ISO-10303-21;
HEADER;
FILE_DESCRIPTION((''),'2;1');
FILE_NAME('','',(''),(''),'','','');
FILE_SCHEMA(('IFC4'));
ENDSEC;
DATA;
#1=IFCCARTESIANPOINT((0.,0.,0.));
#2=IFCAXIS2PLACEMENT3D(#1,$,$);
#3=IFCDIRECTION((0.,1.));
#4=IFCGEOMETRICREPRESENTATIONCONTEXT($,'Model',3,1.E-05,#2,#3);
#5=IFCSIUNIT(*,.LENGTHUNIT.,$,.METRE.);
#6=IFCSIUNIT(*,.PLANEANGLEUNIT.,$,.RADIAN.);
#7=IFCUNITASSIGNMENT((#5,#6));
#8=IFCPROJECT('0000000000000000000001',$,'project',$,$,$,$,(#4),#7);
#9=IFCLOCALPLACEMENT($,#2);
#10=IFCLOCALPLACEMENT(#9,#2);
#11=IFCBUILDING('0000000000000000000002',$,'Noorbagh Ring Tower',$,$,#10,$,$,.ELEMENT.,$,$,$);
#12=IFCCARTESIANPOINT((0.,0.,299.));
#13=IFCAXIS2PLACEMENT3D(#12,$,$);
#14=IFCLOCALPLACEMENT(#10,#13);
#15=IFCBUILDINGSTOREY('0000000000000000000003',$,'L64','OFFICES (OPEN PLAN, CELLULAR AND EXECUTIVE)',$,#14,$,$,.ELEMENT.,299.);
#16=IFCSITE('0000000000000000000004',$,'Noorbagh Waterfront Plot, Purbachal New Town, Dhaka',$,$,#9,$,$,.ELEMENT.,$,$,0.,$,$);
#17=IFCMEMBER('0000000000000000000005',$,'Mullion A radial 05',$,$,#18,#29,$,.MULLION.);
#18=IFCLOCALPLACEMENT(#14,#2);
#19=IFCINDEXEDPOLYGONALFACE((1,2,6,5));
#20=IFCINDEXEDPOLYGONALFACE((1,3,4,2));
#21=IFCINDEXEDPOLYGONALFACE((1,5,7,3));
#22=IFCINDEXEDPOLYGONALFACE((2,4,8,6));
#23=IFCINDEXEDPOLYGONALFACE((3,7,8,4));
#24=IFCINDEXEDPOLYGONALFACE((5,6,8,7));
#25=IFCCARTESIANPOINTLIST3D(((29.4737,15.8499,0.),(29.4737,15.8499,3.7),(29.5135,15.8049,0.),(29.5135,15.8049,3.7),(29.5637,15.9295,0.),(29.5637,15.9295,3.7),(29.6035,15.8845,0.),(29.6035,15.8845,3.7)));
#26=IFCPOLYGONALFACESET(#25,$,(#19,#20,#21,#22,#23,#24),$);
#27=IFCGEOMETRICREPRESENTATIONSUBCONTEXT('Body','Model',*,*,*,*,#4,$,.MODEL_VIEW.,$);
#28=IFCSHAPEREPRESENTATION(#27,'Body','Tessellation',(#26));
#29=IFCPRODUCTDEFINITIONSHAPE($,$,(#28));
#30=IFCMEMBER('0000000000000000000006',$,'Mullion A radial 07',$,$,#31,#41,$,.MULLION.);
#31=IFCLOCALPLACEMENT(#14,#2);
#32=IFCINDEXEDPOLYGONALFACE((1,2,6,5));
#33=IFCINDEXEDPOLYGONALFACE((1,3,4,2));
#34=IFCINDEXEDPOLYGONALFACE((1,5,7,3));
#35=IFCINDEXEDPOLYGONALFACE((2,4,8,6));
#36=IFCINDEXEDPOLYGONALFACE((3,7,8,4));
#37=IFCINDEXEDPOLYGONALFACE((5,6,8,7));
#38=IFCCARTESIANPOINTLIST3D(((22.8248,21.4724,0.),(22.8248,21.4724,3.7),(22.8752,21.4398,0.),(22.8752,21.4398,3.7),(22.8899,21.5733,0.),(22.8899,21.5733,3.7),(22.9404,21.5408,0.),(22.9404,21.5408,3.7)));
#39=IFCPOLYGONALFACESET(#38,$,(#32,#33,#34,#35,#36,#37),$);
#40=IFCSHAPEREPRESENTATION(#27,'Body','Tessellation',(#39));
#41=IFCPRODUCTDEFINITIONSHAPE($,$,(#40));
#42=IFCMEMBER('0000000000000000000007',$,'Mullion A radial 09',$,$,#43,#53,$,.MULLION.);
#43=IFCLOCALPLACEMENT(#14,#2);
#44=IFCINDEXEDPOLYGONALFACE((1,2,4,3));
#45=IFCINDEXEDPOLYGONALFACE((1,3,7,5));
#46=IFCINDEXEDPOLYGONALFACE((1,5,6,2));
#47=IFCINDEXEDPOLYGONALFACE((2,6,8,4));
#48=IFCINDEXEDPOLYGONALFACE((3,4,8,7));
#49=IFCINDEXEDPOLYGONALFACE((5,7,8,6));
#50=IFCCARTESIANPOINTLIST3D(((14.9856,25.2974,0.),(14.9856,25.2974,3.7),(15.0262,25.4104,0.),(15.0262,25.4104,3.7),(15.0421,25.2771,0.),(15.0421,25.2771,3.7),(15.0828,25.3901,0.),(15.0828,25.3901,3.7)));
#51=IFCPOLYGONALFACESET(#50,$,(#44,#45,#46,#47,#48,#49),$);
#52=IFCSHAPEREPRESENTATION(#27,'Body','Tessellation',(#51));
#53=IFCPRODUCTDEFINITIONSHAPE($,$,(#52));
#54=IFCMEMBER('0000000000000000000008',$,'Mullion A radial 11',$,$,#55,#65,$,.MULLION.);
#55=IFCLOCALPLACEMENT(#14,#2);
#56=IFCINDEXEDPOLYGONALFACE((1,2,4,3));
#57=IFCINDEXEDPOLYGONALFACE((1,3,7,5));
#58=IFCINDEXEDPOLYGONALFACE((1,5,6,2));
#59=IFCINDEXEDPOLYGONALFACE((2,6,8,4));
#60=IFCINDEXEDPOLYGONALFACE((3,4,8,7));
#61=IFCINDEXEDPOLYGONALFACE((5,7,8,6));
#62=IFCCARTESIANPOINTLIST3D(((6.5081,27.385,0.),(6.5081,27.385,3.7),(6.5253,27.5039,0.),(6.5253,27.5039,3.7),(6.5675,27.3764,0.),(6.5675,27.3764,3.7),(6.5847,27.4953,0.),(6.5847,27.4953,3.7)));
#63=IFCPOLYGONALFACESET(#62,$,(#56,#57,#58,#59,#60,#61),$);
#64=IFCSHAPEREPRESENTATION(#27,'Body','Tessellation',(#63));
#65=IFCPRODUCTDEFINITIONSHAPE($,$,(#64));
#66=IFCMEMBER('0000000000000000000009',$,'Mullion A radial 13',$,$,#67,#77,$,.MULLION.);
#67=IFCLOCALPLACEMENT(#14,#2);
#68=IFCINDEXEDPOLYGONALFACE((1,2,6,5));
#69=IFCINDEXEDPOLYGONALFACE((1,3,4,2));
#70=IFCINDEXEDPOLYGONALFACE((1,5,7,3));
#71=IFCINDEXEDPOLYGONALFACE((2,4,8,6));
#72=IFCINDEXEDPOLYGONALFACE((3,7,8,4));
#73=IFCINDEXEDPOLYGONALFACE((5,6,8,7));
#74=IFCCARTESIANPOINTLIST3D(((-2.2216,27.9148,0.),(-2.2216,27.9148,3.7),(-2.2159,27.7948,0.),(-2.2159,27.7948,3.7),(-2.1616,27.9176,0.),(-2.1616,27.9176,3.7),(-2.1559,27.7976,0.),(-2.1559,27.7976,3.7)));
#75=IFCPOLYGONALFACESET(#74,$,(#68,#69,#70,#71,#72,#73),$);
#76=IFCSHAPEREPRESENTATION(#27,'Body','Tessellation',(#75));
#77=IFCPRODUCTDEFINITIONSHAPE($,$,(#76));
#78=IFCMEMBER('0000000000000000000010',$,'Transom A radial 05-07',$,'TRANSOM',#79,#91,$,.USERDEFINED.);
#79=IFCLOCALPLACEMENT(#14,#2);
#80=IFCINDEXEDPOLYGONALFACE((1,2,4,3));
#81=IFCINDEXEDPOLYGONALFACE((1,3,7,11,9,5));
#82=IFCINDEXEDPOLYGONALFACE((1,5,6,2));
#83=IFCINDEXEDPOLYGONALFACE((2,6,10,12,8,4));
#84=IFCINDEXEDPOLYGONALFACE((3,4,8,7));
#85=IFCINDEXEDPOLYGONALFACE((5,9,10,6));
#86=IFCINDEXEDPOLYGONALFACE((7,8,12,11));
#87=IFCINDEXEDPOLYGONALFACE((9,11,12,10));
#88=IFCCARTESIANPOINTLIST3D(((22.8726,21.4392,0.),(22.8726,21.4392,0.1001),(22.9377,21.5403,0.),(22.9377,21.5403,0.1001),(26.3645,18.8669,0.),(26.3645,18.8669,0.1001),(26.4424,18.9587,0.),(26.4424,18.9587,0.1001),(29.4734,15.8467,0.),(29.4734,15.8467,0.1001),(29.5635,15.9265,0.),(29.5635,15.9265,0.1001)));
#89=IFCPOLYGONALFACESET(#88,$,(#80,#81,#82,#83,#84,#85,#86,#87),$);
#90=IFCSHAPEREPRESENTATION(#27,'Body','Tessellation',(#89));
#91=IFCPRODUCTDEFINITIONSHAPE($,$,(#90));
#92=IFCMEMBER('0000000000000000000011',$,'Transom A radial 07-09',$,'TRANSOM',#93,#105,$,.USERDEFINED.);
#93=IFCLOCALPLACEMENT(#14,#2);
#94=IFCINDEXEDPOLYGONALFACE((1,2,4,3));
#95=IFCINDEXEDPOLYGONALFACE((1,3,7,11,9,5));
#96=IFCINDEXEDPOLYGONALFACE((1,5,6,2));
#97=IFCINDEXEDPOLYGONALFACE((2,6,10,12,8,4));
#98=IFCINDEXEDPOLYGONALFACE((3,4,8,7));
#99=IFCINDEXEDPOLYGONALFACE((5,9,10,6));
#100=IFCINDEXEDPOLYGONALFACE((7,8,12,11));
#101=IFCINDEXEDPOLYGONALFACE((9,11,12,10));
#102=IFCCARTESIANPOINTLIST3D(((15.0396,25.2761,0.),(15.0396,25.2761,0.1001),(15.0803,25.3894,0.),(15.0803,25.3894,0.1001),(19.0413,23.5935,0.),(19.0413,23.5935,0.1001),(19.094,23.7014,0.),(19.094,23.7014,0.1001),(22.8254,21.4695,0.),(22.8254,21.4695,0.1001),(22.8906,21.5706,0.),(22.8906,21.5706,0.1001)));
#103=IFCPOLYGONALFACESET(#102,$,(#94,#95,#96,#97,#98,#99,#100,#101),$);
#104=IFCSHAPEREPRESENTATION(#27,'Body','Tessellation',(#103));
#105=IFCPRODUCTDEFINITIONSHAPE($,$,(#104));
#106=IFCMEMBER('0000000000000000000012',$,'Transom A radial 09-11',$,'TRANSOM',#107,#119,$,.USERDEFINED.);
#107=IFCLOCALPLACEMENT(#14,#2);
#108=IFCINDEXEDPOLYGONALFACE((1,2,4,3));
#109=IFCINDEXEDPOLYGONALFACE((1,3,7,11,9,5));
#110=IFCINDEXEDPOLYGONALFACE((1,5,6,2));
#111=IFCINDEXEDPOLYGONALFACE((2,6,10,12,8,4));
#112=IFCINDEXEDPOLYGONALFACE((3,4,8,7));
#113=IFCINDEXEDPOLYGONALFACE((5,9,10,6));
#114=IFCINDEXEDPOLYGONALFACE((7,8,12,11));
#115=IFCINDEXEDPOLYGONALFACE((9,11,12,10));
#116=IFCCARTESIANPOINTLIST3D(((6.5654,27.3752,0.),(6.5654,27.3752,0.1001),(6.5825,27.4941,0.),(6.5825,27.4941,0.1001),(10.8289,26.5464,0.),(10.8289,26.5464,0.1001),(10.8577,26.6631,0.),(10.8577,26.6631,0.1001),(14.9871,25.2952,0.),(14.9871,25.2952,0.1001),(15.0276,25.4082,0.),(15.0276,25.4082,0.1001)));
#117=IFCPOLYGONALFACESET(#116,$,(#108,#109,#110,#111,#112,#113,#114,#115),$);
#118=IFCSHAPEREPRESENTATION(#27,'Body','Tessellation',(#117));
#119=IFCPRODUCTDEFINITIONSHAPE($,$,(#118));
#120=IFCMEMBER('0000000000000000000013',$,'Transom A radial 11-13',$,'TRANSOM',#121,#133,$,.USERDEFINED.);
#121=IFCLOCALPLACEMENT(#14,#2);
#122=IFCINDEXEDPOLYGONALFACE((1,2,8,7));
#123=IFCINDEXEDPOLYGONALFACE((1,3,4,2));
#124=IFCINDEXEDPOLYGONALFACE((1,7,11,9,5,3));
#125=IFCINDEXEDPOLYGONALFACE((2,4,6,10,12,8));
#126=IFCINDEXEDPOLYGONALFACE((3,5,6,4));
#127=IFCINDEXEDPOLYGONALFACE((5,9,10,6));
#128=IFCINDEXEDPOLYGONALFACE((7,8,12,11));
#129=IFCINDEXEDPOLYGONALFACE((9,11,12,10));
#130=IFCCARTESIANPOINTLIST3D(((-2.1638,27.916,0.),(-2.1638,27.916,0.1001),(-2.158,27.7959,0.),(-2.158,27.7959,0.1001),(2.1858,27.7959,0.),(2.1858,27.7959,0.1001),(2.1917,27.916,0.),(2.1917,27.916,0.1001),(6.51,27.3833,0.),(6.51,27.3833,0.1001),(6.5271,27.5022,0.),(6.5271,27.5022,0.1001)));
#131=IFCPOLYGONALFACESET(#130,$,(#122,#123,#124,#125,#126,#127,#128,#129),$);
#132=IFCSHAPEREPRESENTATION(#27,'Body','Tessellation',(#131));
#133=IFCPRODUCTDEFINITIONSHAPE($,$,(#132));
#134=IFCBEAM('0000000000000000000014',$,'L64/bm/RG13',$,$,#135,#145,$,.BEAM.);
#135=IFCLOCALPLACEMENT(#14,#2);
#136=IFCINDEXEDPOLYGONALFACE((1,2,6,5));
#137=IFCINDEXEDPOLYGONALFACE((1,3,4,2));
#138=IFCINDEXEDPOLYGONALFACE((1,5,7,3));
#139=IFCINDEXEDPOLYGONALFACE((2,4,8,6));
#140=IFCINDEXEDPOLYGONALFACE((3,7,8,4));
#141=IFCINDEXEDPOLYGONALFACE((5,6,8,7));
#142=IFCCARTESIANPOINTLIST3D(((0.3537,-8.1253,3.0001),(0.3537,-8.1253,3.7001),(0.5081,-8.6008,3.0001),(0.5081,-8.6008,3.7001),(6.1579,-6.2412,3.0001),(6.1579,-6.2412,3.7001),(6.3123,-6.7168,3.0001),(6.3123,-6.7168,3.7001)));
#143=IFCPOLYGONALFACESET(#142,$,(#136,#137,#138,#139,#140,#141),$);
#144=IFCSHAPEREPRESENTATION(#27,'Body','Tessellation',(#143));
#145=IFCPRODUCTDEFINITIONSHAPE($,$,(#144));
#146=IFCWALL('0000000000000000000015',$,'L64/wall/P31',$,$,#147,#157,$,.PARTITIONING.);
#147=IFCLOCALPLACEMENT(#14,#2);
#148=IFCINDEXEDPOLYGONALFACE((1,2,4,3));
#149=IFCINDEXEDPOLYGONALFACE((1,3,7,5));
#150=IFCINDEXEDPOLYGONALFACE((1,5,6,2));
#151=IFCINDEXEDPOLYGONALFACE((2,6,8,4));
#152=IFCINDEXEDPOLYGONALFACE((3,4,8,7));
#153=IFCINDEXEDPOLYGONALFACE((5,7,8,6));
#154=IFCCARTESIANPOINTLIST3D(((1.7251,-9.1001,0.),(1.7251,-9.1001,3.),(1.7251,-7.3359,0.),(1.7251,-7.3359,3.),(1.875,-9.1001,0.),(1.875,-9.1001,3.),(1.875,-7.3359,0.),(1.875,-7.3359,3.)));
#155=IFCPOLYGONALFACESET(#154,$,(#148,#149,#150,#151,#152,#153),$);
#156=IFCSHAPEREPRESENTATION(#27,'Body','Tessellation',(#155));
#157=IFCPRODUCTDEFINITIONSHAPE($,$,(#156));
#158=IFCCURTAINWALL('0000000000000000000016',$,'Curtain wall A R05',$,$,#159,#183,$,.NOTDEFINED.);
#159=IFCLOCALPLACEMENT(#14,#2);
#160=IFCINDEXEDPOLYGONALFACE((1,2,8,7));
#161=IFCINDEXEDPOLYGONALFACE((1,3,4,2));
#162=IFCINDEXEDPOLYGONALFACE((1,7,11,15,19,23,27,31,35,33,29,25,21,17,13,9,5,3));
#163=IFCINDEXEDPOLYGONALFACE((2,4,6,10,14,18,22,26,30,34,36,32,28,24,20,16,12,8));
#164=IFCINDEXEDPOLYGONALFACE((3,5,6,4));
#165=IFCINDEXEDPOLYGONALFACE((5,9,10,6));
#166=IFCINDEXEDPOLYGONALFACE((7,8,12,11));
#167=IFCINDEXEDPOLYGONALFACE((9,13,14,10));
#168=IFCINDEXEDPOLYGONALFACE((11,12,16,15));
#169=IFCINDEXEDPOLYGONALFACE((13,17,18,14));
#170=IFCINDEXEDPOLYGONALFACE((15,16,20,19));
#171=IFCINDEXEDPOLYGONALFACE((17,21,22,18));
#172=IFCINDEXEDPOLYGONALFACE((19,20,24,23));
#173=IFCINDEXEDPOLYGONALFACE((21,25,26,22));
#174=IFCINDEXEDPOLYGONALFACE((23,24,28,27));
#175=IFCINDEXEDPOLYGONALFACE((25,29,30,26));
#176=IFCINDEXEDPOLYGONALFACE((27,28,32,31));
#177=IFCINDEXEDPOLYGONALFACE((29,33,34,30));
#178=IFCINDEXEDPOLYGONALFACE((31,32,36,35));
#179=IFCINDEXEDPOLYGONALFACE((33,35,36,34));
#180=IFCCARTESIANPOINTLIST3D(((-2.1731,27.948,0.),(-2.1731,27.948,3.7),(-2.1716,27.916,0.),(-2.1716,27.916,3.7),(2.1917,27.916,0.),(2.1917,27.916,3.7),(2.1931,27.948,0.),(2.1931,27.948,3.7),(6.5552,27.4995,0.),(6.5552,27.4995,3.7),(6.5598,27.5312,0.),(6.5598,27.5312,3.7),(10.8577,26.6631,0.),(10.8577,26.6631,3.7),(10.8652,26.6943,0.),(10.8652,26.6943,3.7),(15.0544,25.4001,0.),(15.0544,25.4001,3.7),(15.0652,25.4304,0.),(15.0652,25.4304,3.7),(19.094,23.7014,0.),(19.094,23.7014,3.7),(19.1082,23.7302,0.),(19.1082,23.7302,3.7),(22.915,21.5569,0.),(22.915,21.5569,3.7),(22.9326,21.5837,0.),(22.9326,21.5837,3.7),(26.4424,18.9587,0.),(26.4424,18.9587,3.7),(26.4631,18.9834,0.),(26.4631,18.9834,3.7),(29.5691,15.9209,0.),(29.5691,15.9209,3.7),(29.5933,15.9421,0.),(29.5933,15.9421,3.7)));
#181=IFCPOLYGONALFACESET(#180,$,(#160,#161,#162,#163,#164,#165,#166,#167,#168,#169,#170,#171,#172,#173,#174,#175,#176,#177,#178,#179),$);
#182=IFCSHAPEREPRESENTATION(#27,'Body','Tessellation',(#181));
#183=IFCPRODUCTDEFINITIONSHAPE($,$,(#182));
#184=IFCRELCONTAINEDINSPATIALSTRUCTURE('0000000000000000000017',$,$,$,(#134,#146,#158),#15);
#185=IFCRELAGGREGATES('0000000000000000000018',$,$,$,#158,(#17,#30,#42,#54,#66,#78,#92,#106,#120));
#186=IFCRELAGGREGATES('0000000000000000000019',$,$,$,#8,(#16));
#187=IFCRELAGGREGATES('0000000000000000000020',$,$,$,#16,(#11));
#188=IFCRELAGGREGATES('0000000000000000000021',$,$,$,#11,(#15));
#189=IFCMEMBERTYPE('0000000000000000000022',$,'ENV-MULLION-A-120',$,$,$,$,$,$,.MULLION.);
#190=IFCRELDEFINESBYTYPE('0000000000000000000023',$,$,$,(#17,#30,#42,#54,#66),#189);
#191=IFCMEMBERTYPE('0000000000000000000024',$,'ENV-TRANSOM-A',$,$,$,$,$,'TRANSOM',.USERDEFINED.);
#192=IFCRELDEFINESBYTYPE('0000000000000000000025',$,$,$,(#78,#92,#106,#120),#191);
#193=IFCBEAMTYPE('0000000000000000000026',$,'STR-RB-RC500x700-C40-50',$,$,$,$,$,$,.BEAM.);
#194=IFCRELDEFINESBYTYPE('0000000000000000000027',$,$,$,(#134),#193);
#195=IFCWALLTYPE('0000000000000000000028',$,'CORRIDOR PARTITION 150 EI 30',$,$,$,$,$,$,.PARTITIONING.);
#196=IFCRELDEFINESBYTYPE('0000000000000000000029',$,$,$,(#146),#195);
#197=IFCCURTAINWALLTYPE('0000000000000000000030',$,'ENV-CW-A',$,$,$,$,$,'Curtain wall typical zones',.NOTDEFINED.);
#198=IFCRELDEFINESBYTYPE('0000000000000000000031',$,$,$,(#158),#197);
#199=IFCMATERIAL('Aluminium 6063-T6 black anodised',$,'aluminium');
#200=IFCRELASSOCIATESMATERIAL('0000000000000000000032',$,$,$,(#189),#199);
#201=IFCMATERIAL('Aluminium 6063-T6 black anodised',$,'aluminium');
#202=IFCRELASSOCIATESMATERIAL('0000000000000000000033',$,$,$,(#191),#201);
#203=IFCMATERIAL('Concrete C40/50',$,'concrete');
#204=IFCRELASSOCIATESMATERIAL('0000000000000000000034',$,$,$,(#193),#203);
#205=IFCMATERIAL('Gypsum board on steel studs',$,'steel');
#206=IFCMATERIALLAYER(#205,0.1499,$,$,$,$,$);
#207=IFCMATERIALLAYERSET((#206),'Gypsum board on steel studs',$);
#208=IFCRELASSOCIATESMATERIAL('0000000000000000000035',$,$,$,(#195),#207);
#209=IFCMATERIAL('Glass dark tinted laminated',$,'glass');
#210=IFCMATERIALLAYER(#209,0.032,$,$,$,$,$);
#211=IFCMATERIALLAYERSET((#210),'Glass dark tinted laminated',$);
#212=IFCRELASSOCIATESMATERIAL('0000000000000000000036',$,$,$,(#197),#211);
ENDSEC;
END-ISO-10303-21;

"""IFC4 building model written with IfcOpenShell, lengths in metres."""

from ifc_helpers import new_model, si_unit, direction, frame, frame_2d, origin, origin_2d, place, context, subcontext, project, spatial, polyline, rectangle, outline, extrude, material, layer, layer_set, material_profile, profile_set, type_object, element, aggregate, save


model = new_model("IFC4")

# Units and contexts
model_context = context("Model", 3, precision=1e-05, world=origin(), true_north=direction((0.0, 1.0)))
body_context = subcontext(model_context, "Body", "Model", "MODEL_VIEW")
ifc_project = project(units=[si_unit("LENGTHUNIT", "METRE"), si_unit("PLANEANGLEUNIT", "RADIAN")], contexts=[model_context])

# Members
ifc_material_1 = material(Name="Aluminium 6063-T6 black anodised", Category="aluminium")
ifc_material_profile_1 = material_profile(ifc_material_1, rectangle(XDim=0.1201, YDim=0.0601, at=origin_2d()), Name="120x60")
ifc_profile_set_1 = profile_set([ifc_material_profile_1], Name="Aluminium 6063-T6 black anodised")
member_type_1 = type_object("IfcMemberType", Name="ENV-MULLION-A-120", PredefinedType="MULLION", material=ifc_profile_set_1)
site_placement = place(None, origin())
building_placement = place(site_placement, origin())
storey_placement = place(building_placement, frame((0.0, 0.0, 299.0)))
member_1_placement = place(storey_placement, frame((29.5386, 15.8672, 0.0), z_axis=(0.0, 0.0, 1.0), x_axis=(-0.749047, -0.662517, 0.0)))
member_1 = element("IfcMember", 1, at=member_1_placement, type_object=member_type_1, Name="Mullion A radial 05", PredefinedType="MULLION", context=body_context, shape_type="SweptSolid", body=[
    extrude(rectangle(XDim=0.1201, YDim=0.0601, at=origin_2d()), origin(), (0.0, 0.0, 1.0), 3.7),
])
member_2_placement = place(storey_placement, frame((22.8826, 21.5066, 0.0), z_axis=(0.0, 0.0, 1.0), x_axis=(-0.542279, -0.840198, 0.0)))
member_2 = element("IfcMember", 2, at=member_2_placement, type_object=member_type_1, Name="Mullion A radial 07", PredefinedType="MULLION", context=body_context, shape_type="SweptSolid", body=[
    extrude(rectangle(XDim=0.1201, YDim=0.0601, at=origin_2d()), origin(), (0.0, 0.0, 1.0), 3.7),
])
member_3_placement = place(storey_placement, frame((15.0342, 25.3438, 0.0), z_axis=(0.0, 0.0, 1.0), x_axis=(-0.338379, -0.94101, 0.0)))
member_3 = element("IfcMember", 3, at=member_3_placement, type_object=member_type_1, Name="Mullion A radial 09", PredefinedType="MULLION", context=body_context, shape_type="SweptSolid", body=[
    extrude(rectangle(XDim=0.1201, YDim=0.0601, at=origin_2d()), origin(), (0.0, 0.0, 1.0), 3.7),
])
member_4_placement = place(storey_placement, frame((6.5464, 27.4402, 0.0), z_axis=(0.0, 0.0, 1.0), x_axis=(-0.143082, -0.989711, 0.0)))
member_4 = element("IfcMember", 4, at=member_4_placement, type_object=member_type_1, Name="Mullion A radial 11", PredefinedType="MULLION", context=body_context, shape_type="SweptSolid", body=[
    extrude(rectangle(XDim=0.1201, YDim=0.0601, at=origin_2d()), origin(), (0.0, 0.0, 1.0), 3.7),
])
member_5_placement = place(storey_placement, frame((-2.1887, 27.8562, 0.0), z_axis=(0.0, 0.0, 1.0), x_axis=(0.047558, -0.998868, 0.0)))
member_5 = element("IfcMember", 5, at=member_5_placement, type_object=member_type_1, Name="Mullion A radial 13", PredefinedType="MULLION", context=body_context, shape_type="SweptSolid", body=[
    extrude(rectangle(XDim=0.1201, YDim=0.0601, at=origin_2d()), origin(), (0.0, 0.0, 1.0), 3.7),
])
ifc_material_2 = material(Name="Aluminium 6063-T6 black anodised", Category="aluminium")
member_type_2 = type_object("IfcMemberType", Name="ENV-TRANSOM-A", ElementType="TRANSOM", PredefinedType="USERDEFINED", material=ifc_material_2)
member_6_placement = place(storey_placement, origin())
member_6 = element("IfcMember", 6, at=member_6_placement, type_object=member_type_2, Name="Transom A radial 05-07", ObjectType="TRANSOM", PredefinedType="USERDEFINED", context=body_context, shape_type="SweptSolid", body=[
    extrude(outline(polyline([(29.5635, 15.9265), (26.4424, 18.9587), (22.9377, 21.5403), (22.8726, 21.4392), (26.3645, 18.8669), (29.4734, 15.8467), (29.5635, 15.9265)])), origin(), (0.0, 0.0, 1.0), 0.1001),
])
member_7_placement = place(storey_placement, origin())
member_7 = element("IfcMember", 7, at=member_7_placement, type_object=member_type_2, Name="Transom A radial 07-09", ObjectType="TRANSOM", PredefinedType="USERDEFINED", context=body_context, shape_type="SweptSolid", body=[
    extrude(outline(polyline([(22.8906, 21.5706), (19.094, 23.7014), (15.0803, 25.3894), (15.0396, 25.2761), (19.0413, 23.5935), (22.8254, 21.4695), (22.8906, 21.5706)])), origin(), (0.0, 0.0, 1.0), 0.1001),
])
member_8_placement = place(storey_placement, origin())
member_8 = element("IfcMember", 8, at=member_8_placement, type_object=member_type_2, Name="Transom A radial 09-11", ObjectType="TRANSOM", PredefinedType="USERDEFINED", context=body_context, shape_type="SweptSolid", body=[
    extrude(outline(polyline([(15.0276, 25.4082), (10.8577, 26.6631), (6.5825, 27.4941), (6.5654, 27.3752), (10.8289, 26.5464), (14.9871, 25.2952), (15.0276, 25.4082)])), origin(), (0.0, 0.0, 1.0), 0.1001),
])
member_9_placement = place(storey_placement, origin())
member_9 = element("IfcMember", 9, at=member_9_placement, type_object=member_type_2, Name="Transom A radial 11-13", ObjectType="TRANSOM", PredefinedType="USERDEFINED", context=body_context, shape_type="SweptSolid", body=[
    extrude(outline(polyline([(6.5271, 27.5022), (2.1917, 27.916), (-2.1638, 27.916), (-2.158, 27.7959), (2.1858, 27.7959), (6.51, 27.3833), (6.5271, 27.5022)])), origin(), (0.0, 0.0, 1.0), 0.1001),
])

# Site, building, storey
site = spatial("IfcSite", under=ifc_project, at=site_placement, Name="Noorbagh Waterfront Plot, Purbachal New Town, Dhaka", CompositionType="ELEMENT", RefElevation=0.0)
building = spatial("IfcBuilding", under=site, at=building_placement, Name="Noorbagh Ring Tower", CompositionType="ELEMENT")
storey = spatial("IfcBuildingStorey", under=building, at=storey_placement, Name="L64", Description="OFFICES (OPEN PLAN, CELLULAR AND EXECUTIVE)", CompositionType="ELEMENT", Elevation=299.0)

# Beam
ifc_material_3 = material(Name="Concrete C40/50", Category="concrete")
ifc_material_profile_2 = material_profile(ifc_material_3, rectangle(XDim=0.5, YDim=0.7, at=origin_2d()), Name="RC500x700")
ifc_profile_set_2 = profile_set([ifc_material_profile_2], Name="Concrete C40/50")
beam_type = type_object("IfcBeamType", Name="STR-RB-RC500x700-C40-50", PredefinedType="BEAM", material=ifc_profile_set_2)
beam_placement = place(storey_placement, frame((0.4309, -8.363, 3.3501), z_axis=(0.951146, 0.30874, 0.0), x_axis=(-0.30874, 0.951146, 0.0)))
element("IfcBeam", 10, at=beam_placement, inside=storey, type_object=beam_type, Name="L64/bm/RG13", PredefinedType="BEAM", context=body_context, shape_type="SweptSolid", body=[
    extrude(rectangle(XDim=0.5, YDim=0.7, at=origin_2d()), origin(), (0.0, 0.0, 1.0), 6.1023),
])

# Wall
ifc_material_4 = material(Name="Gypsum board on steel studs", Category="steel")
ifc_layer_1 = layer(ifc_material_4, 0.1499)
ifc_layer_set_1 = layer_set([ifc_layer_1], Name="Gypsum board on steel studs")
wall_type_1 = type_object("IfcWallType", Name="CORRIDOR PARTITION 150 EI 30", PredefinedType="PARTITIONING", material=ifc_layer_set_1)
wall_1_placement = place(storey_placement, frame((1.8, -9.1001, 0.0), z_axis=(0.0, 0.0, 1.0), x_axis=(0.0, 1.0, 0.0)))
element("IfcWall", 11, at=wall_1_placement, inside=storey, type_object=wall_type_1, Name="L64/wall/P31", PredefinedType="PARTITIONING", context=body_context, shape_type="SweptSolid", body=[
    extrude(rectangle(XDim=1.7642, YDim=0.1499, at=frame_2d((0.8821, 0.0))), origin(), (0.0, 0.0, 1.0), 3.0),
])

# Curtain wall
ifc_material_5 = material(Name="Glass dark tinted laminated", Category="glass")
ifc_layer_2 = layer(ifc_material_5, 0.032)
ifc_layer_set_2 = layer_set([ifc_layer_2], Name="Glass dark tinted laminated")
curtain_wall_type = type_object("IfcCurtainWallType", Name="ENV-CW-A", ElementType="Curtain wall typical zones", PredefinedType="NOTDEFINED", material=ifc_layer_set_2)
curtain_wall_placement = place(storey_placement, origin())
curtain_wall = element("IfcCurtainWall", 12, at=curtain_wall_placement, inside=storey, type_object=curtain_wall_type, Name="Curtain wall A R05", PredefinedType="NOTDEFINED", context=body_context, shape_type="SweptSolid", body=[
    extrude(outline(polyline([(29.5933, 15.9421), (26.4631, 18.9834), (22.9326, 21.5837), (19.1082, 23.7302), (15.0652, 25.4304), (10.8652, 26.6943), (6.5598, 27.5312), (2.1931, 27.948), (-2.1731, 27.948), (-2.1716, 27.916), (2.1917, 27.916), (6.5552, 27.4995), (10.8577, 26.6631), (15.0544, 25.4001), (19.094, 23.7014), (22.915, 21.5569), (26.4424, 18.9587), (29.5691, 15.9209), (29.5933, 15.9421)])), origin(), (0.0, 0.0, 1.0), 3.7),
])
aggregate(curtain_wall, [member_1, member_2, member_3, member_4, member_5, member_6, member_7, member_8, member_9])

save(model, "model.ifc")
